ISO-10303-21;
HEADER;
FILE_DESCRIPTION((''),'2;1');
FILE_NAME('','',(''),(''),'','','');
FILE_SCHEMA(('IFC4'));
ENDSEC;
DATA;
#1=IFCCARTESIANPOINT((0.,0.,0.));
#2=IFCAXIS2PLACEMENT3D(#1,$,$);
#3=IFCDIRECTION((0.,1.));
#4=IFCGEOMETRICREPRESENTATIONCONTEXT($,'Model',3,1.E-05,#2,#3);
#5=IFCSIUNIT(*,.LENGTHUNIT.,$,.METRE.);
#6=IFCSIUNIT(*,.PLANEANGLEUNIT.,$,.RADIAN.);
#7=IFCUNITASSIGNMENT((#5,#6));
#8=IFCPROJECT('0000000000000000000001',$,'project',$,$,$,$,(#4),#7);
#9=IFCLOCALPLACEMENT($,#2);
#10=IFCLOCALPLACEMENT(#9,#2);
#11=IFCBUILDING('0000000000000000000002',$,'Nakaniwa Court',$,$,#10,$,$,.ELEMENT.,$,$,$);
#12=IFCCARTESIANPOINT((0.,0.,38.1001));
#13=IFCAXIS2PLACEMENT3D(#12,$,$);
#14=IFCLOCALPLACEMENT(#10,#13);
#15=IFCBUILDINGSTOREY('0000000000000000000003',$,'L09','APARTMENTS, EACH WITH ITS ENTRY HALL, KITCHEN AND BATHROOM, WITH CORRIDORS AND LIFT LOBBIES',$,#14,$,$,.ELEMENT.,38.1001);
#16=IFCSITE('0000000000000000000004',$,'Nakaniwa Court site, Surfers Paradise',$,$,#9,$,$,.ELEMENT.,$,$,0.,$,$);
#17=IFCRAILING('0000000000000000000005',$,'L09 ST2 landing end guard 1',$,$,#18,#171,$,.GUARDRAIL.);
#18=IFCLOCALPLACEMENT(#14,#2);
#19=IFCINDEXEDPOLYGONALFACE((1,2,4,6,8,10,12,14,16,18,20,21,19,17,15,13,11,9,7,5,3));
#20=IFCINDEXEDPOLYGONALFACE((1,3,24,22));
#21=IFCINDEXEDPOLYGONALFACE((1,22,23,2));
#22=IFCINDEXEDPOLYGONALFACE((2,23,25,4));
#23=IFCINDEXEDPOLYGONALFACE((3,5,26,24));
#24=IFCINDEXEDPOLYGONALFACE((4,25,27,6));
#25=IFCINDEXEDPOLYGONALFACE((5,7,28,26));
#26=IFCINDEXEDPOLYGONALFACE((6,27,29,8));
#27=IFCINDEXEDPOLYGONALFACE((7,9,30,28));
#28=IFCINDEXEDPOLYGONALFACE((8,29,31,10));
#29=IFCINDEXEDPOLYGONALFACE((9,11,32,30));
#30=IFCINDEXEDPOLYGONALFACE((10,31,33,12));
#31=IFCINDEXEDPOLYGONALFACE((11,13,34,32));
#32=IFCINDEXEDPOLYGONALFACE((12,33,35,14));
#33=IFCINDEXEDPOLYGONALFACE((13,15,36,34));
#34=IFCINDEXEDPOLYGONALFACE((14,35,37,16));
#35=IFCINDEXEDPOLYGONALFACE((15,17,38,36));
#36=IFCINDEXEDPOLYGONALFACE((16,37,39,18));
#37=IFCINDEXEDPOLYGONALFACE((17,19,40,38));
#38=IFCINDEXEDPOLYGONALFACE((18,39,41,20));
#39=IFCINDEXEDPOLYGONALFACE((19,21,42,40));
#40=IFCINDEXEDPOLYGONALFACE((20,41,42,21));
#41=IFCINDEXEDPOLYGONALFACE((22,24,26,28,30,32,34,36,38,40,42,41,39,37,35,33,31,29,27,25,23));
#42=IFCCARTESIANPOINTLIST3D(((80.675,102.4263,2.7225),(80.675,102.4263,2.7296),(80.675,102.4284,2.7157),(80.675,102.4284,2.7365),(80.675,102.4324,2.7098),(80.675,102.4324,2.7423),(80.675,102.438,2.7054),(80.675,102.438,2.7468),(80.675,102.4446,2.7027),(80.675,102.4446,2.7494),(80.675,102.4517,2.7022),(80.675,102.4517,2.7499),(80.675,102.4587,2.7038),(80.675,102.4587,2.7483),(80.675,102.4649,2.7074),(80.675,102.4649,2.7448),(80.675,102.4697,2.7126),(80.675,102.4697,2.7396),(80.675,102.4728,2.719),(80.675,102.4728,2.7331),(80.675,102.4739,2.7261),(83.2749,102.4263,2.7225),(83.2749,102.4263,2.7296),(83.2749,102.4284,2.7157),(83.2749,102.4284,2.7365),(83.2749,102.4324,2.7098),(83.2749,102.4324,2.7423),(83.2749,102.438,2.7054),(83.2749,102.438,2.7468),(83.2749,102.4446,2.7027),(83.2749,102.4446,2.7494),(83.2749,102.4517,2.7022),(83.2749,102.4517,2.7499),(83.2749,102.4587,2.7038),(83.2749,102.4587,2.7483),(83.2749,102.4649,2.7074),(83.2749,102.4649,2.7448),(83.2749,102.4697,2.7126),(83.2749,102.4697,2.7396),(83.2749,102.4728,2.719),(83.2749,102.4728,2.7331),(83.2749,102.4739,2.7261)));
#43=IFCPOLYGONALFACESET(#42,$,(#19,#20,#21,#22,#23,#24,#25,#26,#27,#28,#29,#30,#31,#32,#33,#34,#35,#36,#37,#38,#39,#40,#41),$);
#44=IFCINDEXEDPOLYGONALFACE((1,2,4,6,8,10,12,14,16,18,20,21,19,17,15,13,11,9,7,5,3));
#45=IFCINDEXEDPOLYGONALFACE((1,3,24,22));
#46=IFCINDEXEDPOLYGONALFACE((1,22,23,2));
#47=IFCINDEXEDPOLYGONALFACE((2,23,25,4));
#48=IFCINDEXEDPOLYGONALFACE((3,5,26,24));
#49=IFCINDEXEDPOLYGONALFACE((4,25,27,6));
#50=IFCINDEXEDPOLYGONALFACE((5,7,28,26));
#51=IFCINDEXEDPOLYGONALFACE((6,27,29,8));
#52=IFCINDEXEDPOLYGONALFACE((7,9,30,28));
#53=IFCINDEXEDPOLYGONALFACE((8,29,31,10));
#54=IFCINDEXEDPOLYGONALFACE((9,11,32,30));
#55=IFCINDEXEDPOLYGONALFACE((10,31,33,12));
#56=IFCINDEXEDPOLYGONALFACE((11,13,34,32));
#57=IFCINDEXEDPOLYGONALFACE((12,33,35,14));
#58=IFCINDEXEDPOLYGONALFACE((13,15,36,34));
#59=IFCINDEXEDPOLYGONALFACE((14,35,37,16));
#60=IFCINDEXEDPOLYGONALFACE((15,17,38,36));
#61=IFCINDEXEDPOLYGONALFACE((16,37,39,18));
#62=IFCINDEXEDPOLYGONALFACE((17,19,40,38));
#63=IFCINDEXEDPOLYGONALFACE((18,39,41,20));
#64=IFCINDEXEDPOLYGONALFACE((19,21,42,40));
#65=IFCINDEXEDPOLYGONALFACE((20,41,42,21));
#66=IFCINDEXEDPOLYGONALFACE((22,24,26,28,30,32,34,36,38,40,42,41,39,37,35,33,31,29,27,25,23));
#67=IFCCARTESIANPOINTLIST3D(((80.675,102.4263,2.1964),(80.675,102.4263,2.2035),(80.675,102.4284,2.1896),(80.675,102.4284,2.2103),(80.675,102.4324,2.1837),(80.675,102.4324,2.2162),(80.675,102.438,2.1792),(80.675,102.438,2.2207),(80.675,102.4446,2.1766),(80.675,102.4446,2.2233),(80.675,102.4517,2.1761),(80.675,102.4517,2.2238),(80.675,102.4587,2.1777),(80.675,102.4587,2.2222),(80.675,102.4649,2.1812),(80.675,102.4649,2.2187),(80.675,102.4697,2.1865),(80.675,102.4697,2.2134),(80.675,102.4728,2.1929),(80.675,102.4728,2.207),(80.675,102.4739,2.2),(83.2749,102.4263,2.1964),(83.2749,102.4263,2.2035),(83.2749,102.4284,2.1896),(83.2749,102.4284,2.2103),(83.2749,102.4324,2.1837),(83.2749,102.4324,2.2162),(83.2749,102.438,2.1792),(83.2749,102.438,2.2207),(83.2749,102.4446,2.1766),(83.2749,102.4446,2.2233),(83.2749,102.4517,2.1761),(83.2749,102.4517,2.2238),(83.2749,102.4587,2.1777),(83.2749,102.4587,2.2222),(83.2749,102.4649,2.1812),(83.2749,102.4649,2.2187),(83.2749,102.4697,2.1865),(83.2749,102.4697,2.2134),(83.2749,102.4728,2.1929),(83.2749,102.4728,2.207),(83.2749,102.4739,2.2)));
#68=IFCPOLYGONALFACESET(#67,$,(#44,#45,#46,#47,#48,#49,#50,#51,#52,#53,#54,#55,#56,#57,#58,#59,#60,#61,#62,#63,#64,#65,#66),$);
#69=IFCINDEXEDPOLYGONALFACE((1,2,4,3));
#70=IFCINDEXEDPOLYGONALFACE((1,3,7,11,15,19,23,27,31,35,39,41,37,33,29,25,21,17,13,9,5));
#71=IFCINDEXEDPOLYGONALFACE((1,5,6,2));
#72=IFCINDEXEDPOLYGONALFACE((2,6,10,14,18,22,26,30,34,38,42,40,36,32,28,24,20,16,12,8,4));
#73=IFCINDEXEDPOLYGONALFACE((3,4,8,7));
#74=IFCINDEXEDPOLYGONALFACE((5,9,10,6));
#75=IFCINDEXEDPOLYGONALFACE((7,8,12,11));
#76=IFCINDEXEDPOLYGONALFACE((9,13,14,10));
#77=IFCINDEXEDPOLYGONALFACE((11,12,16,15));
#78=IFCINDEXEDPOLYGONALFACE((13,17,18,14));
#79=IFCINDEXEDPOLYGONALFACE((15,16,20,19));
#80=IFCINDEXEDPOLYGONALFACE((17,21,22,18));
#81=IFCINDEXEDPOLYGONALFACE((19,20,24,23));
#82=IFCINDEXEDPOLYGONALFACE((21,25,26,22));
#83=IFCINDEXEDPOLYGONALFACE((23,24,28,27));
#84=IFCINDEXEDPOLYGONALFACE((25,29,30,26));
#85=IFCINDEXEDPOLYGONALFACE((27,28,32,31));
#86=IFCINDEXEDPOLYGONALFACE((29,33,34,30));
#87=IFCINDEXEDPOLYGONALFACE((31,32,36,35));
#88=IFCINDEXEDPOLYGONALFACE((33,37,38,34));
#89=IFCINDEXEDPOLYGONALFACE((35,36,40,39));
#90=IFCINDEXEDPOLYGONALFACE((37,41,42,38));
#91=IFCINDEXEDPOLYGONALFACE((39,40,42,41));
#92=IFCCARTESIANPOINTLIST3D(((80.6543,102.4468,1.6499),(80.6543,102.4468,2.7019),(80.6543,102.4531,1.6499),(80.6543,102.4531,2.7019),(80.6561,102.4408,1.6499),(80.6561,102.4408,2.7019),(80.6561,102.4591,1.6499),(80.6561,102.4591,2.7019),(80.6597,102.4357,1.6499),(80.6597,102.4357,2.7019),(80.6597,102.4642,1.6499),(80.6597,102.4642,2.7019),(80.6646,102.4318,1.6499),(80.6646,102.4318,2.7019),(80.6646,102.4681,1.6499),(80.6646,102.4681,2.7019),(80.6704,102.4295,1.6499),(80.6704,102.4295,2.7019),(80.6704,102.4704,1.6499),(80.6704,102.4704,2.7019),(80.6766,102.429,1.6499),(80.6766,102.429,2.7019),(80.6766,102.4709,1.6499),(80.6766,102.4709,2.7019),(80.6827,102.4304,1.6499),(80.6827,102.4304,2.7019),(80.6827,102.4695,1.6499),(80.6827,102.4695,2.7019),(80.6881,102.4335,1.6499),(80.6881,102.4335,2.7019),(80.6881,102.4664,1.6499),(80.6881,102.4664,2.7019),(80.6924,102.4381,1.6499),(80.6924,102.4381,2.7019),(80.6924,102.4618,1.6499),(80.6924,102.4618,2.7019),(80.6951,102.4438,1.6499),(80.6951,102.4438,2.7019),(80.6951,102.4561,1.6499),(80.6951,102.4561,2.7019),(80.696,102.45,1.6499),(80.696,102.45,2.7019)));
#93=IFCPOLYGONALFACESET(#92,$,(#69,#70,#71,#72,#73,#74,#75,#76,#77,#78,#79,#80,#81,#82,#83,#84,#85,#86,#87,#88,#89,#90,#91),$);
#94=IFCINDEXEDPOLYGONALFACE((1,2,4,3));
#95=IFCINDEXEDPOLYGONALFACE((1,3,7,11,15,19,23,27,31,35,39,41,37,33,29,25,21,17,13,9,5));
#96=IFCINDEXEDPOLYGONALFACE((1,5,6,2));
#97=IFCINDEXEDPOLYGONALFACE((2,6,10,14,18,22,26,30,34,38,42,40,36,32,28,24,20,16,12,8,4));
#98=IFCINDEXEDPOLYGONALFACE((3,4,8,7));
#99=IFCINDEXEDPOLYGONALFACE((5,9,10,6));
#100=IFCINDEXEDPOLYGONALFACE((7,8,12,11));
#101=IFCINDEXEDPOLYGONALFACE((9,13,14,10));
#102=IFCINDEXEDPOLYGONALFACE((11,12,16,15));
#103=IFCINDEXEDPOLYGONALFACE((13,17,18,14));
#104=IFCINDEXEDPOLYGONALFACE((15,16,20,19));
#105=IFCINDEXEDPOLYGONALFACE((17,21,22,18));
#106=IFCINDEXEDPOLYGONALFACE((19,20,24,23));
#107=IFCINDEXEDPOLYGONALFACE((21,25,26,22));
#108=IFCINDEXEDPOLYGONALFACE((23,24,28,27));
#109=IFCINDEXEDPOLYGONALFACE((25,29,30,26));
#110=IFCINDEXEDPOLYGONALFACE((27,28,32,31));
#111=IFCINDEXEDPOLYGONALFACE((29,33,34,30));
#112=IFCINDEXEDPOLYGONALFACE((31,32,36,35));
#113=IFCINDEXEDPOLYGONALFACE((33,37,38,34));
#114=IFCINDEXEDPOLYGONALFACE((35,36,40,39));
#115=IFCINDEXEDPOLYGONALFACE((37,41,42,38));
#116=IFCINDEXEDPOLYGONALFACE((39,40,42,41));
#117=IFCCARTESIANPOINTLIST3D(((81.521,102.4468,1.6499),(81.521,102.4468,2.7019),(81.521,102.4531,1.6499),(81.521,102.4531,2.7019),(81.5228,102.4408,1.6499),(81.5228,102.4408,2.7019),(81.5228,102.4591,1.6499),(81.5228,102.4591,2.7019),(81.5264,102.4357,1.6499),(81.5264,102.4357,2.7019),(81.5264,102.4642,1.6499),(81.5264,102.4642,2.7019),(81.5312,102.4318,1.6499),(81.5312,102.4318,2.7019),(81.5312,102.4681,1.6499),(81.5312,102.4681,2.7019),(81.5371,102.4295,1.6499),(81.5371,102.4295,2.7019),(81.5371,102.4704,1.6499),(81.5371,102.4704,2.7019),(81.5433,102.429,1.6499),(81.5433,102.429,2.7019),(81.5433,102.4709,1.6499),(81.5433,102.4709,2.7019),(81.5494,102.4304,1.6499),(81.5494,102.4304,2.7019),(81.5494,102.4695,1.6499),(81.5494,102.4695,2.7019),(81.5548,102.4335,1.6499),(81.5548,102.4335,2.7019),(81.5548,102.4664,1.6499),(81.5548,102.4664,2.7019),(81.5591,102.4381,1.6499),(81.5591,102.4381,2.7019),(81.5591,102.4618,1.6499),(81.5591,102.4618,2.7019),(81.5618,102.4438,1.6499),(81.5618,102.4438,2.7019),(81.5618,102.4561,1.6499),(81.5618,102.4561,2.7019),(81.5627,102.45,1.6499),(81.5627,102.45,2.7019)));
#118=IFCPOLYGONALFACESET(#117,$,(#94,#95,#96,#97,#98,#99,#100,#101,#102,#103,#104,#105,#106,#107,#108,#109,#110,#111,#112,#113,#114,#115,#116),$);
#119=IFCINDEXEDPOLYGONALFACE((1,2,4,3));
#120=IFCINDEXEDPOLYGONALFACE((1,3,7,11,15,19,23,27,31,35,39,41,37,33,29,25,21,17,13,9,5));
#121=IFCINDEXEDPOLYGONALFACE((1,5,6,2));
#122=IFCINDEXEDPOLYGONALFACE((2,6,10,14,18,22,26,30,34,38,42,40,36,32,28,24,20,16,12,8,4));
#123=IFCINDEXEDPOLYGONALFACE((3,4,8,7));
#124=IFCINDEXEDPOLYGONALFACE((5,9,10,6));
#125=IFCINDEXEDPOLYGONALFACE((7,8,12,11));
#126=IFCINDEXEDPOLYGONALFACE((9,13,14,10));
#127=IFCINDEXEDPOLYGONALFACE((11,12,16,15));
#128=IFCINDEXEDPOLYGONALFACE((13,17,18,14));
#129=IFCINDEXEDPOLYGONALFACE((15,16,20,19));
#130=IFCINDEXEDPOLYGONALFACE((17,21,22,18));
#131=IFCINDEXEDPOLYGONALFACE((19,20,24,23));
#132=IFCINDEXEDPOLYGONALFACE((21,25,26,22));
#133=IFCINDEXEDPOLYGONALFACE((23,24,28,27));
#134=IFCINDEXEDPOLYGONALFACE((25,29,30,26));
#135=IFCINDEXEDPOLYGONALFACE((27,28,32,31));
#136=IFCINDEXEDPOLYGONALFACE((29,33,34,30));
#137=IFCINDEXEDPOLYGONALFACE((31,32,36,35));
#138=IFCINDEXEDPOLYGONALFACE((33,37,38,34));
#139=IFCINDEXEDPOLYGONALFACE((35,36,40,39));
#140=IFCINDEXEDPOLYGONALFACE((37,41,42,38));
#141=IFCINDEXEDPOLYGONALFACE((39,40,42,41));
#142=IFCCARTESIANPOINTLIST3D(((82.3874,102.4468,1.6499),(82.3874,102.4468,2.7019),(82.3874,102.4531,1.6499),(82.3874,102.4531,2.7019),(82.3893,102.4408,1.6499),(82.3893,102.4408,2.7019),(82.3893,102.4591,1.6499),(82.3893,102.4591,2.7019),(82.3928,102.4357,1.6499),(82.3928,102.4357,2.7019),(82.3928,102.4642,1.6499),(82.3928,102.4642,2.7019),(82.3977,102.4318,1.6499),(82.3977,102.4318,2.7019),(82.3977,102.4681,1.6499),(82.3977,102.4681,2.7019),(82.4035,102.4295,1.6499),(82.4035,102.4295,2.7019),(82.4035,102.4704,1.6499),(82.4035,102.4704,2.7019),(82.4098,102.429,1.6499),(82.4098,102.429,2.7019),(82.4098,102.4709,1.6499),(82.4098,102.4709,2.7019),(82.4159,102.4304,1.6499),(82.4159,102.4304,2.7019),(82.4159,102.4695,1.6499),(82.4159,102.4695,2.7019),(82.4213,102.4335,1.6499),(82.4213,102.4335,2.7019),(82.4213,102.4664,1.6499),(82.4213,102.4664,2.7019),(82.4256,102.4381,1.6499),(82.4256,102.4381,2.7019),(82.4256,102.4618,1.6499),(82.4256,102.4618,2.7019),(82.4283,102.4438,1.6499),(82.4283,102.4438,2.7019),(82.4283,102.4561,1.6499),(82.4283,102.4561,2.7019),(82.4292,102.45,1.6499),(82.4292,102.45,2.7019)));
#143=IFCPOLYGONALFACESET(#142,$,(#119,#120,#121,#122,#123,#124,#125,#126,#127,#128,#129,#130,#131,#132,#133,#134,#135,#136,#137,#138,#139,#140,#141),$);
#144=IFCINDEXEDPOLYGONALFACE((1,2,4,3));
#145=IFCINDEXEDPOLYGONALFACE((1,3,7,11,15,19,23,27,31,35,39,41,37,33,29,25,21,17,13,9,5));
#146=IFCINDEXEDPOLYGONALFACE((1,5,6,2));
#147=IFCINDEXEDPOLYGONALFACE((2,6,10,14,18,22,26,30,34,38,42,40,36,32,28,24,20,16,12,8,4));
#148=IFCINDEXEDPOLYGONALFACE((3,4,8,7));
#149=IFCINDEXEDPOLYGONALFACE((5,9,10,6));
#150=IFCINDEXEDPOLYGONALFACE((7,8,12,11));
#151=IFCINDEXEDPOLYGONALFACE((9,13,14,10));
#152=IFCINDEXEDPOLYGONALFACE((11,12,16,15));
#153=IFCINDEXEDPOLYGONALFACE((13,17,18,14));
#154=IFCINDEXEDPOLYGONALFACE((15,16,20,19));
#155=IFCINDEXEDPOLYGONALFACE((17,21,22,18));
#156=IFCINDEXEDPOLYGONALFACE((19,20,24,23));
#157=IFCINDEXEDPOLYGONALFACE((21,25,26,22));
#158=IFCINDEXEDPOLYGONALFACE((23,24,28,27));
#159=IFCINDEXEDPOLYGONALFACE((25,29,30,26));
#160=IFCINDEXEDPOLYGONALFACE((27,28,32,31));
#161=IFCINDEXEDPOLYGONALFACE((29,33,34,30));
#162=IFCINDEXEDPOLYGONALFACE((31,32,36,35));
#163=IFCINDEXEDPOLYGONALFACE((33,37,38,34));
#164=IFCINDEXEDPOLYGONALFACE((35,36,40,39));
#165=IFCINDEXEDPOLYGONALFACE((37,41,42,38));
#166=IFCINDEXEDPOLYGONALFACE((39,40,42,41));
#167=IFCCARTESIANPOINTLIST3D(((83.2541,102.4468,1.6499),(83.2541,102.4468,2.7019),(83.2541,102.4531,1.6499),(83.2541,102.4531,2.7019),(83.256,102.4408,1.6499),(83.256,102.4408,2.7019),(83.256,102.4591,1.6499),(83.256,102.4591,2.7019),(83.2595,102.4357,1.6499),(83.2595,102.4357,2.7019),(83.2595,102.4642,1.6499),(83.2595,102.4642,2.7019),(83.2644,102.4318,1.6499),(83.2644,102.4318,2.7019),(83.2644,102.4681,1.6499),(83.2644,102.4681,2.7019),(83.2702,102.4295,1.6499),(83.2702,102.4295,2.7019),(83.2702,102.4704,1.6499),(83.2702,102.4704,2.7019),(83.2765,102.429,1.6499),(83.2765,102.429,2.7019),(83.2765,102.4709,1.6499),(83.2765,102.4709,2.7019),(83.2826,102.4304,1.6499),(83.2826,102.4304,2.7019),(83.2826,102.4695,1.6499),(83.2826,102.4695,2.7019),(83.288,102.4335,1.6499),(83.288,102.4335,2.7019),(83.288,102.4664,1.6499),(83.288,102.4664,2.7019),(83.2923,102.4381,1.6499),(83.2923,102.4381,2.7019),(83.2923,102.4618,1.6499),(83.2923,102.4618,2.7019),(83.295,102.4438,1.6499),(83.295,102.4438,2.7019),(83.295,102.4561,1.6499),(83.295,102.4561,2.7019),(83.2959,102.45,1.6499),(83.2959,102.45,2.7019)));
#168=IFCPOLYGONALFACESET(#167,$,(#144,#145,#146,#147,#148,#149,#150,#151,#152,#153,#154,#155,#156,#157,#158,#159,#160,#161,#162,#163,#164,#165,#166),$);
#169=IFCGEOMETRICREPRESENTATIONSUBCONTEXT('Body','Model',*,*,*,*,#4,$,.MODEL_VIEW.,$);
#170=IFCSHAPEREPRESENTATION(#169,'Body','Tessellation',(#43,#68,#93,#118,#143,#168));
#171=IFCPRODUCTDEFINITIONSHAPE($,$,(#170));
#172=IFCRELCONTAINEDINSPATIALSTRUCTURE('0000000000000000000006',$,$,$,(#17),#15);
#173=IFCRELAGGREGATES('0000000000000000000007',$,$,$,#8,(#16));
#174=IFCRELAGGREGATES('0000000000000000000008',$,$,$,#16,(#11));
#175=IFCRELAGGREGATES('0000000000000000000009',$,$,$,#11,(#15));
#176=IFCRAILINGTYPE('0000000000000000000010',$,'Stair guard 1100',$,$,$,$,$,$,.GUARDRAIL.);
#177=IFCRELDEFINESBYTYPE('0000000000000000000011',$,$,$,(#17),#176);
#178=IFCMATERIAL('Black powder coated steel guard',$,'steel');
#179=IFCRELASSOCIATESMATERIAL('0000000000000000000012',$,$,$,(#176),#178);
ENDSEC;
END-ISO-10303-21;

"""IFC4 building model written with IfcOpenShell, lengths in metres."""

from ifc_helpers import new_model, si_unit, direction, frame, origin, origin_2d, place, context, subcontext, project, spatial, circle, extrude, material, type_object, element, save


model = new_model("IFC4")

# Units and contexts
model_context = context("Model", 3, precision=1e-05, world=origin(), true_north=direction((0.0, 1.0)))
body_context = subcontext(model_context, "Body", "Model", "MODEL_VIEW")
ifc_project = project(units=[si_unit("LENGTHUNIT", "METRE"), si_unit("PLANEANGLEUNIT", "RADIAN")], contexts=[model_context])

# Site, building, storey
site_placement = place(None, origin())
site = spatial("IfcSite", under=ifc_project, at=site_placement, Name="Nakaniwa Court site, Surfers Paradise", CompositionType="ELEMENT", RefElevation=0.0)
building_placement = place(site_placement, origin())
building = spatial("IfcBuilding", under=site, at=building_placement, Name="Nakaniwa Court", CompositionType="ELEMENT")
storey_placement = place(building_placement, frame((0.0, 0.0, 38.1001)))
storey = spatial("IfcBuildingStorey", under=building, at=storey_placement, Name="L09", Description="APARTMENTS, EACH WITH ITS ENTRY HALL, KITCHEN AND BATHROOM, WITH CORRIDORS AND LIFT LOBBIES", CompositionType="ELEMENT", Elevation=38.1001)

# Railing
ifc_material_1 = material(Name="Black powder coated steel guard", Category="steel")
railing_type_1 = type_object("IfcRailingType", Name="Stair guard 1100", PredefinedType="GUARDRAIL", material=ifc_material_1)
railing_1_placement = place(storey_placement, frame((80.675, 102.45, 1.6499)))
element("IfcRailing", 1, at=railing_1_placement, inside=storey, type_object=railing_type_1, Name="L09 ST2 landing end guard 1", PredefinedType="GUARDRAIL", context=body_context, shape_type="SweptSolid", body=[
    extrude(circle(Radius=0.0239, at=origin_2d()), frame((0.0, 0.0, 1.0762), z_axis=(1.0, 0.0, 0.0), x_axis=(0.0, 1.0, 0.0)), (0.0, 0.0, 1.0), 2.5999),
    extrude(circle(Radius=0.0239, at=origin_2d()), frame((0.0, 0.0, 0.55), z_axis=(1.0, 0.0, 0.0), x_axis=(0.0, 1.0, 0.0)), (0.0, 0.0, 1.0), 2.5999),
    extrude(circle(Radius=0.021, at=origin_2d()), origin(), (0.0, 0.0, 1.0), 1.052),
    extrude(circle(Radius=0.021, at=origin_2d()), frame((0.8667, 0.0, 0.0)), (0.0, 0.0, 1.0), 1.052),
    extrude(circle(Radius=0.021, at=origin_2d()), frame((1.7332, 0.0, 0.0)), (0.0, 0.0, 1.0), 1.052),
    extrude(circle(Radius=0.021, at=origin_2d()), frame((2.5999, 0.0, 0.0)), (0.0, 0.0, 1.0), 1.052),
])

save(model, "model.ifc")
